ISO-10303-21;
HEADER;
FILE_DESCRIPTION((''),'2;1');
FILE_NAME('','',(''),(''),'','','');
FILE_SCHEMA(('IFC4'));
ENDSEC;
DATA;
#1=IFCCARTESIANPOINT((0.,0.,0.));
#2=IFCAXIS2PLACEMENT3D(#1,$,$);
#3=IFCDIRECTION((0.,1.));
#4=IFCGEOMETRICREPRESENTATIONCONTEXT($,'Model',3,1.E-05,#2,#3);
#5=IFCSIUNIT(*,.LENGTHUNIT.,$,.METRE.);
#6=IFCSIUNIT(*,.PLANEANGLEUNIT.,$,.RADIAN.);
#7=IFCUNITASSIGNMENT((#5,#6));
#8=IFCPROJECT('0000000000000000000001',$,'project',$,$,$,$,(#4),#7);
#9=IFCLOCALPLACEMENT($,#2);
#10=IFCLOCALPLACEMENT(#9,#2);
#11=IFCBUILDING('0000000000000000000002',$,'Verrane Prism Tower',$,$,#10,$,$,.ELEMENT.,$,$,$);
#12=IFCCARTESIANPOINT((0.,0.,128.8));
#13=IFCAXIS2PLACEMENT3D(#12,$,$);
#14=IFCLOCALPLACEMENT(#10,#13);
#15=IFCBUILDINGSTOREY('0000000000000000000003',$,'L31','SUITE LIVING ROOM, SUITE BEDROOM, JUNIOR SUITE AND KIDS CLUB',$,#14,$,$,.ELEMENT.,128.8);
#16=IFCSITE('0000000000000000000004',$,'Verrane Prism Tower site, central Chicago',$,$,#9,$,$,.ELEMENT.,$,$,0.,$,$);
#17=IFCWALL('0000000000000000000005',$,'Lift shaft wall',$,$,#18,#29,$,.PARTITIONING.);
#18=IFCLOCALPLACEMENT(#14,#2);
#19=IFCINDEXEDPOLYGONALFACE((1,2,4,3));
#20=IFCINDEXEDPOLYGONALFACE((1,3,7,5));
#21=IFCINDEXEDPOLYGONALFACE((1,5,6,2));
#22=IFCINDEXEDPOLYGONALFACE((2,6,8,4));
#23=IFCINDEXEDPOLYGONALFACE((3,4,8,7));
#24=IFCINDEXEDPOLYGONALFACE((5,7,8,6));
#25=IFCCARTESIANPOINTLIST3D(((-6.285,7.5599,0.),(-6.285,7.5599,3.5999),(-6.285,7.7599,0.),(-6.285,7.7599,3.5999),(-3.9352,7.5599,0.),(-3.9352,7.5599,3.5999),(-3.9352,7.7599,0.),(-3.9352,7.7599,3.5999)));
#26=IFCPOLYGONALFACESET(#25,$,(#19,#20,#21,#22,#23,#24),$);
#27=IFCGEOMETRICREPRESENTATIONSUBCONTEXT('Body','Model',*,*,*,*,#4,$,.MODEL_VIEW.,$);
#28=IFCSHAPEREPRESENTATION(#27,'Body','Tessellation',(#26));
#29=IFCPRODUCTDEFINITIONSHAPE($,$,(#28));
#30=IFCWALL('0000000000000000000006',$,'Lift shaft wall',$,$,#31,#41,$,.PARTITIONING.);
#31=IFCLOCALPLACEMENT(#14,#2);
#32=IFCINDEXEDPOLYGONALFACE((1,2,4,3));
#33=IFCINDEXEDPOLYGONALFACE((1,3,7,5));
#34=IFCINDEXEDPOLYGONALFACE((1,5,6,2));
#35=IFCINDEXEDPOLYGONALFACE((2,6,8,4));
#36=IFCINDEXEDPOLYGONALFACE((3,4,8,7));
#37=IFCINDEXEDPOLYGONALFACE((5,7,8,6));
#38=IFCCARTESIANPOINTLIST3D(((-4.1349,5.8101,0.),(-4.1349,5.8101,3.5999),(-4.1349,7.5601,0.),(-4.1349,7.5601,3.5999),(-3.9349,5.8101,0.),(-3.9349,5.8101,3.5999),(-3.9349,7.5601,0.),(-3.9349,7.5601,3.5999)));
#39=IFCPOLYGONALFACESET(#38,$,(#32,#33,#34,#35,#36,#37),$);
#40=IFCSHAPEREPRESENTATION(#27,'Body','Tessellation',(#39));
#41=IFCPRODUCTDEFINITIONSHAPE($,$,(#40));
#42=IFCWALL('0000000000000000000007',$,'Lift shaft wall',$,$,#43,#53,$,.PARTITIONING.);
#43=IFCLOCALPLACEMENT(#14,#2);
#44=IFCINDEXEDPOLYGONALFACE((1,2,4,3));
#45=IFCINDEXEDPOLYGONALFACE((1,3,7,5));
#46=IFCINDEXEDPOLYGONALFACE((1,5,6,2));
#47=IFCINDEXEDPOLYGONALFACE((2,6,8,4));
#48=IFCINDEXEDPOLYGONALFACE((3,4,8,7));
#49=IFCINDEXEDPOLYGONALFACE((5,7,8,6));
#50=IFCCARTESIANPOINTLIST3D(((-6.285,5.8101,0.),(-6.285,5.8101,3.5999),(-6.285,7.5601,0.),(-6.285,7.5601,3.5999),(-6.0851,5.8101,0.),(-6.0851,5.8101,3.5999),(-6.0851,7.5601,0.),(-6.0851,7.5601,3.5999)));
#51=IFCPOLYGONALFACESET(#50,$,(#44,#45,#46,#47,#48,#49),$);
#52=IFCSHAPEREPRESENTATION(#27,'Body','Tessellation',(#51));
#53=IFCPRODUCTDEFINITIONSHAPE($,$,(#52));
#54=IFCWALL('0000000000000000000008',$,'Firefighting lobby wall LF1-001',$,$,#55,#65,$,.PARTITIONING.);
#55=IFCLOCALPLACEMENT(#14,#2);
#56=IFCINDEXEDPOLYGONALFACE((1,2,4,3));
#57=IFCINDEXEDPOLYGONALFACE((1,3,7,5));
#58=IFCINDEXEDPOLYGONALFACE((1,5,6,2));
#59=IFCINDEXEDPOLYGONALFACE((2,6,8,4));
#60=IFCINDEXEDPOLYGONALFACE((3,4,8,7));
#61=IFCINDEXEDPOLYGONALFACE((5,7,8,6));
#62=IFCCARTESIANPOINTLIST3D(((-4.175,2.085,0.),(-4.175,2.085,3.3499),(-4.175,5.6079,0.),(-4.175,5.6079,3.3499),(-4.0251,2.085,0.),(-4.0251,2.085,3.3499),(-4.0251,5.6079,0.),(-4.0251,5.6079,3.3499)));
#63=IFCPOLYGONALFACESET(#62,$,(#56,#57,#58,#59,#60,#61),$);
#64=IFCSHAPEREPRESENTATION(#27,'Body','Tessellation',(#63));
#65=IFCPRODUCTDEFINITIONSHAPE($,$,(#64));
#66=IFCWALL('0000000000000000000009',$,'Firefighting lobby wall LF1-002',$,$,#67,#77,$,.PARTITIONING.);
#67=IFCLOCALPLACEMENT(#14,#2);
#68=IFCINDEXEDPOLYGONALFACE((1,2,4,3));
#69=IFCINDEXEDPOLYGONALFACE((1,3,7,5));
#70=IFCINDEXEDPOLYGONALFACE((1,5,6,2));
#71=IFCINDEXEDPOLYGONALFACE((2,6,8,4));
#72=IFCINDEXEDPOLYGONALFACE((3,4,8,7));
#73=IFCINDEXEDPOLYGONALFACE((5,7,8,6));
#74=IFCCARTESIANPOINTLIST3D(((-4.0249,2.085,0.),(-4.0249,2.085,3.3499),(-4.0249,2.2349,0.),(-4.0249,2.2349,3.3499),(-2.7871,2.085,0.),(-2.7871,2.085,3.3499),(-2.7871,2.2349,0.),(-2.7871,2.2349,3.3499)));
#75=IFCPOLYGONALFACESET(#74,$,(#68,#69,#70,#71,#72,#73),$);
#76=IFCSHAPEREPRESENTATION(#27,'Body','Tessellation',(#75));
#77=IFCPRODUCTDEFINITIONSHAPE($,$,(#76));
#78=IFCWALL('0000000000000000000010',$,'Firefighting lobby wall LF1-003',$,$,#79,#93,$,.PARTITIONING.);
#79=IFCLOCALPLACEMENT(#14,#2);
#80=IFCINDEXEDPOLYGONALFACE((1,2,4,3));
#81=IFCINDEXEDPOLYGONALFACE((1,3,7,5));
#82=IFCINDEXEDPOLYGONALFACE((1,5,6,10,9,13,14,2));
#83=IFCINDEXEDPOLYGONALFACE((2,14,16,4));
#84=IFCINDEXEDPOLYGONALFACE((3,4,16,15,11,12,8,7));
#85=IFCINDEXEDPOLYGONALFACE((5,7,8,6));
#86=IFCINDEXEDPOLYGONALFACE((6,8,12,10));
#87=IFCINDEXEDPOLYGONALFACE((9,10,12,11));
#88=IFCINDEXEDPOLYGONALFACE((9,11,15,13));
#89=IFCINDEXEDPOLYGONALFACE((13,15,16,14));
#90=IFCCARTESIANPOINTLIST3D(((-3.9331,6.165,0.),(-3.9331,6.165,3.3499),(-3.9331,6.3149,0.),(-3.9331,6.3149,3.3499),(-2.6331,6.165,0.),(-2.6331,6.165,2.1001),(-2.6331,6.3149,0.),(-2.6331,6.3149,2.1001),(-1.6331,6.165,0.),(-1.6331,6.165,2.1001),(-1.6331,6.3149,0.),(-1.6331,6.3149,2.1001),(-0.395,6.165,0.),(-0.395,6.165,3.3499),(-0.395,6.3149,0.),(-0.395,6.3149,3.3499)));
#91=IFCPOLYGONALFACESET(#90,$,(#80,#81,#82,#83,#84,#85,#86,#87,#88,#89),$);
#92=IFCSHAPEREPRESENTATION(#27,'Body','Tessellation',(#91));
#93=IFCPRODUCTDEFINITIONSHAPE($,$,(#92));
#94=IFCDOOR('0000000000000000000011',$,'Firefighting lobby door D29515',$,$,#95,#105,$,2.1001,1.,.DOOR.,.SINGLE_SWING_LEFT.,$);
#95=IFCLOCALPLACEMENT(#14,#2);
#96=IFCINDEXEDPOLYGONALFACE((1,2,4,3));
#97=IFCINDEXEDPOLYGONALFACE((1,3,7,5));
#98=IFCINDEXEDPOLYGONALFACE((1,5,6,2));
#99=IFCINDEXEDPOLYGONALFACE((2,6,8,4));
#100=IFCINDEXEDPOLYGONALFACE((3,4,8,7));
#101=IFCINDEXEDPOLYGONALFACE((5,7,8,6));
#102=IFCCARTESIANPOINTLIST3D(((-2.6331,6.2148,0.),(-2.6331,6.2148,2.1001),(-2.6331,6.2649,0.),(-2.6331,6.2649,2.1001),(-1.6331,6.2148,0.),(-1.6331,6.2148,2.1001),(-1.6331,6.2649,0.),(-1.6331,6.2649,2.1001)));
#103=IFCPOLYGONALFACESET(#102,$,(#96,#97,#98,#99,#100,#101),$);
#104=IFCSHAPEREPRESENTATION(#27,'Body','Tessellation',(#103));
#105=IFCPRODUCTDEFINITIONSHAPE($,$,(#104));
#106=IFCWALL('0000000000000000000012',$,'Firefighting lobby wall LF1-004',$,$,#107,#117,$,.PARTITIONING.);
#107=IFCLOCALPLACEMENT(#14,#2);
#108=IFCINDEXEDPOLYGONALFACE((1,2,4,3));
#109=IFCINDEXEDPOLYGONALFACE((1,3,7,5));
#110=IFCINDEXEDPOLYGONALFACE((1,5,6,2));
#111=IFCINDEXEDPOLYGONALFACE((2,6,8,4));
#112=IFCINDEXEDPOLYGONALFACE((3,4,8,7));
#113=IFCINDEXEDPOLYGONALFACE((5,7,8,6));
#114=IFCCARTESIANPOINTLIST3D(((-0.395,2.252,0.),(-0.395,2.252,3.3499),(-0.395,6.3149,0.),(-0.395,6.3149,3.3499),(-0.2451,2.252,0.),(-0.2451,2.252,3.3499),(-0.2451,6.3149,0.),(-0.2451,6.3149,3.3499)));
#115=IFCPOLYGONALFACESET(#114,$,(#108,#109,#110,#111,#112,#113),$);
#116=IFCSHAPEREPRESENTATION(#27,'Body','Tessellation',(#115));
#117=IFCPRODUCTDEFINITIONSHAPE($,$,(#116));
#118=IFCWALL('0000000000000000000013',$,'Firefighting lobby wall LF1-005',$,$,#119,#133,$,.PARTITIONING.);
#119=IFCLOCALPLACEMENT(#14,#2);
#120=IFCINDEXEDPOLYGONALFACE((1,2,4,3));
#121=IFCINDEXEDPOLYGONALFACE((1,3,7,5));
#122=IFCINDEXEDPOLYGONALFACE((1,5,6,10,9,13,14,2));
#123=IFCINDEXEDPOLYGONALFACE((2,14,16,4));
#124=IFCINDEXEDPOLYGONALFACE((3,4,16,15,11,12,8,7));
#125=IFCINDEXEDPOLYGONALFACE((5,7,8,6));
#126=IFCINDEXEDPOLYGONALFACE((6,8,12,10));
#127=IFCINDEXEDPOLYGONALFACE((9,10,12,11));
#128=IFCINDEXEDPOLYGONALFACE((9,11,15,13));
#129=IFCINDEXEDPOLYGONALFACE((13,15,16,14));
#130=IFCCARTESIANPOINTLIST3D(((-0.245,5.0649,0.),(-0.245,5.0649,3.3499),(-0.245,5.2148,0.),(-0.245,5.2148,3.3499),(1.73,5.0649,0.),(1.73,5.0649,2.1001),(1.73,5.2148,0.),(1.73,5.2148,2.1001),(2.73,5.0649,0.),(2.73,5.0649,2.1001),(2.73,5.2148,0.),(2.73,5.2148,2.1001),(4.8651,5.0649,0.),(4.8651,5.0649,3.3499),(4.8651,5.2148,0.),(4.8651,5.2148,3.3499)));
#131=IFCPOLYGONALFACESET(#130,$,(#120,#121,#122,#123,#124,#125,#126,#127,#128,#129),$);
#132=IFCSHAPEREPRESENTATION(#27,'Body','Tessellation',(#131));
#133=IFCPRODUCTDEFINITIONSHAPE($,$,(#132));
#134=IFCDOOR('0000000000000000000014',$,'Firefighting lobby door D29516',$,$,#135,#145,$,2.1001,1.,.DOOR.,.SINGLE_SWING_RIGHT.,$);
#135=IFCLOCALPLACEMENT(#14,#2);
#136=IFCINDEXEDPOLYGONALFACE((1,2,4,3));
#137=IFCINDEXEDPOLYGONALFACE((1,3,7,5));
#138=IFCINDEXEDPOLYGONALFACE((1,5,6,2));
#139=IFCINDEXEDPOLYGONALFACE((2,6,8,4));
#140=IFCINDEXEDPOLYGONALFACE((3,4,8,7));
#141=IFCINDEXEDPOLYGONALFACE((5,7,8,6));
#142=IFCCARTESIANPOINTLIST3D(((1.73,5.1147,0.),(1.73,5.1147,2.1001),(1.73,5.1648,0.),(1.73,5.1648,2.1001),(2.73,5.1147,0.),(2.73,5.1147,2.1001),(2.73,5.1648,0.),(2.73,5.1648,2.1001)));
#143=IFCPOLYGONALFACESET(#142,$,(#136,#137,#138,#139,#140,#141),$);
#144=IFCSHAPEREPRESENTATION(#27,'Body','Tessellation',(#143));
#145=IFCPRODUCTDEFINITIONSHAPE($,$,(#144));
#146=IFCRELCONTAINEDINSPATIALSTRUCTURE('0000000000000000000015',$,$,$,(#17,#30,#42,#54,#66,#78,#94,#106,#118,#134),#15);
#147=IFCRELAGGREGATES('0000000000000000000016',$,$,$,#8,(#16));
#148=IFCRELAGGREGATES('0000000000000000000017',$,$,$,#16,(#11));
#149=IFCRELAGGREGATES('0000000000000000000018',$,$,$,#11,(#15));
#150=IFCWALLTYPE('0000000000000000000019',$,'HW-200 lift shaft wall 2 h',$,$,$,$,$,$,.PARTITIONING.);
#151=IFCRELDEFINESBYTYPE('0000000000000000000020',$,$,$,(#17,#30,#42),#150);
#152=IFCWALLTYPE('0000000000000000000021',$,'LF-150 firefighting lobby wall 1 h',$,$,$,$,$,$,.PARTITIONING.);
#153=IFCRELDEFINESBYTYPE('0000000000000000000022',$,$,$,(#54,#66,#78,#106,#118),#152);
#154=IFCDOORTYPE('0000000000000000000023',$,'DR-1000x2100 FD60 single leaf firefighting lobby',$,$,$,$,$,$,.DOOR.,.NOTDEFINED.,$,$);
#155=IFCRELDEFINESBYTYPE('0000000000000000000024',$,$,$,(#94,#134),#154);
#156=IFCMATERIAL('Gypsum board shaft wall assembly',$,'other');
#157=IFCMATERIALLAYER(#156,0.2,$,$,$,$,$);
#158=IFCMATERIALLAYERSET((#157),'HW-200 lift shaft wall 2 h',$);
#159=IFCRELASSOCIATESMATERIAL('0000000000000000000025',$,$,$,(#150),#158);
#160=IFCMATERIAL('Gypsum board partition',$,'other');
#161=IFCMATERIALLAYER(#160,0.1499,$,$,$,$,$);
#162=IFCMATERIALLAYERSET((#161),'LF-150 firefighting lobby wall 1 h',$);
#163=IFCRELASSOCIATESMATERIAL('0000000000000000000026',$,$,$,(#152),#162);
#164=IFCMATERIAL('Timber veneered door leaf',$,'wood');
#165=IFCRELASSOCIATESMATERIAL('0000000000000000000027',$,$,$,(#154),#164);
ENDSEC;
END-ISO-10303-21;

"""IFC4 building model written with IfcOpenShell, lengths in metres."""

from ifc_helpers import new_model, si_unit, direction, frame, frame_2d, origin, place, context, subcontext, project, spatial, rectangle, extrude, material, layer, layer_set, type_object, element, fill, save


model = new_model("IFC4")

# Units and contexts
model_context = context("Model", 3, precision=1e-05, world=origin(), true_north=direction((0.0, 1.0)))
body_context = subcontext(model_context, "Body", "Model", "MODEL_VIEW")
ifc_project = project(units=[si_unit("LENGTHUNIT", "METRE"), si_unit("PLANEANGLEUNIT", "RADIAN")], contexts=[model_context])

# Site, building, storey
site_placement = place(None, origin())
site = spatial("IfcSite", under=ifc_project, at=site_placement, Name="Verrane Prism Tower site, central Chicago", CompositionType="ELEMENT", RefElevation=0.0)
building_placement = place(site_placement, origin())
building = spatial("IfcBuilding", under=site, at=building_placement, Name="Verrane Prism Tower", CompositionType="ELEMENT")
storey_placement = place(building_placement, frame((0.0, 0.0, 128.8)))
storey = spatial("IfcBuildingStorey", under=building, at=storey_placement, Name="L31", Description="SUITE LIVING ROOM, SUITE BEDROOM, JUNIOR SUITE AND KIDS CLUB", CompositionType="ELEMENT", Elevation=128.8)

# Shared definitions
ifc_material_1 = material(Name="Gypsum board shaft wall assembly", Category="other")
ifc_layer_1 = layer(ifc_material_1, 0.2)
ifc_layer_set_1 = layer_set([ifc_layer_1], Name="HW-200 lift shaft wall 2 h")
wall_type_1 = type_object("IfcWallType", Name="HW-200 lift shaft wall 2 h", PredefinedType="PARTITIONING", material=ifc_layer_set_1)

# Walls
for number, where, z_axis, x_axis, name in (
    (1, (-6.2849, 7.6599, 0.0), (0.0, 0.0, 1.0), (1.0, 0.0, 0.0), "Lift shaft wall"),
):
    element("IfcWall", number, at=place(storey_placement, frame(where, z_axis=z_axis, x_axis=x_axis)), inside=storey, type_object=wall_type_1, Name=name, PredefinedType="PARTITIONING", context=body_context, shape_type="SweptSolid", body=[
        extrude(rectangle(XDim=2.3499, YDim=0.2, at=frame_2d((1.1748, 0.0))), origin(), (0.0, 0.0, 1.0), 3.5999),
    ])
for number, where, z_axis, x_axis, name in (
    (2, (-4.0349, 5.8101, 0.0), (0.0, 0.0, 1.0), (0.0, 1.0, 0.0), "Lift shaft wall"),
    (3, (-6.1851, 5.8101, 0.0), (0.0, 0.0, 1.0), (0.0, 1.0, 0.0), "Lift shaft wall"),
):
    element("IfcWall", number, at=place(storey_placement, frame(where, z_axis=z_axis, x_axis=x_axis)), inside=storey, type_object=wall_type_1, Name=name, PredefinedType="PARTITIONING", context=body_context, shape_type="SweptSolid", body=[
        extrude(rectangle(XDim=1.75, YDim=0.2, at=frame_2d((0.875, 0.0))), origin(), (0.0, 0.0, 1.0), 3.5999),
    ])
ifc_material_2 = material(Name="Gypsum board partition", Category="other")
ifc_layer_2 = layer(ifc_material_2, 0.1499)
ifc_layer_set_2 = layer_set([ifc_layer_2], Name="LF-150 firefighting lobby wall 1 h")
wall_type_2 = type_object("IfcWallType", Name="LF-150 firefighting lobby wall 1 h", PredefinedType="PARTITIONING", material=ifc_layer_set_2)
wall_1_placement = place(storey_placement, frame((-4.1001, 2.085, 0.0), z_axis=(0.0, 0.0, 1.0), x_axis=(0.0, 1.0, 0.0)))
element("IfcWall", 4, at=wall_1_placement, inside=storey, type_object=wall_type_2, Name="Firefighting lobby wall LF1-001", PredefinedType="PARTITIONING", context=body_context, shape_type="SweptSolid", body=[
    extrude(rectangle(XDim=3.5229, YDim=0.1499, at=frame_2d((1.7615, 0.0))), origin(), (0.0, 0.0, 1.0), 3.3499),
])
wall_2_placement = place(storey_placement, frame((-4.0249, 2.1599, 0.0), z_axis=(0.0, 0.0, 1.0), x_axis=(1.0, 0.0, 0.0)))
element("IfcWall", 5, at=wall_2_placement, inside=storey, type_object=wall_type_2, Name="Firefighting lobby wall LF1-002", PredefinedType="PARTITIONING", context=body_context, shape_type="SweptSolid", body=[
    extrude(rectangle(XDim=1.2378, YDim=0.1499, at=frame_2d((0.6189, 0.0))), origin(), (0.0, 0.0, 1.0), 3.3499),
])

# Wall, opening, door
wall_3_placement = place(storey_placement, frame((-3.9331, 6.24, 0.0), z_axis=(0.0, 0.0, 1.0), x_axis=(1.0, 0.0, 0.0)))
wall_3 = element("IfcWall", 6, at=wall_3_placement, inside=storey, type_object=wall_type_2, Name="Firefighting lobby wall LF1-003", PredefinedType="PARTITIONING", context=body_context, shape_type="SweptSolid", body=[
    extrude(rectangle(XDim=3.5381, YDim=0.1499, at=frame_2d((1.769, 0.0))), origin(), (0.0, 0.0, 1.0), 3.3499),
])
opening_1_placement = place(wall_3_placement, frame((1.3, 0.0, 0.0)))
opening_1 = element("IfcOpeningElement", 7, at=opening_1_placement, cuts=wall_3, PredefinedType="OPENING", context=body_context, shape_type="SweptSolid", body=[
    extrude(rectangle(XDim=1.0, YDim=2.1001, at=frame_2d((0.5, 1.05))), frame((0.0, 0.085, 0.0), z_axis=(0.0, -1.0, 0.0), x_axis=(1.0, 0.0, 0.0)), (0.0, 0.0, 1.0), 0.1699),
])
ifc_material_3 = material(Name="Timber veneered door leaf", Category="wood")
door_type_1 = type_object("IfcDoorType", Name="DR-1000x2100 FD60 single leaf firefighting lobby", OperationType="NOTDEFINED", PredefinedType="DOOR", material=ifc_material_3)
door_1_placement = place(opening_1_placement, origin())
door_1 = element("IfcDoor", 8, at=door_1_placement, inside=storey, type_object=door_type_1, Name="Firefighting lobby door D29515", OperationType="SINGLE_SWING_LEFT", OverallHeight=2.1001, OverallWidth=1.0, PredefinedType="DOOR", context=body_context, shape_type="SweptSolid", body=[
    extrude(rectangle(XDim=1.0, YDim=2.1001, at=frame_2d((0.5, 1.05))), frame((0.0, 0.0249, 0.0), z_axis=(0.0, -1.0, 0.0), x_axis=(1.0, 0.0, 0.0)), (0.0, 0.0, 1.0), 0.05),
])
fill(opening_1, door_1)

# Wall
wall_4_placement = place(storey_placement, frame((-0.3201, 2.252, 0.0), z_axis=(0.0, 0.0, 1.0), x_axis=(0.0, 1.0, 0.0)))
element("IfcWall", 9, at=wall_4_placement, inside=storey, type_object=wall_type_2, Name="Firefighting lobby wall LF1-004", PredefinedType="PARTITIONING", context=body_context, shape_type="SweptSolid", body=[
    extrude(rectangle(XDim=4.063, YDim=0.1499, at=frame_2d((2.0315, 0.0))), origin(), (0.0, 0.0, 1.0), 3.3499),
])

# Wall, opening, door
wall_5_placement = place(storey_placement, frame((-0.2451, 5.1399, 0.0), z_axis=(0.0, 0.0, 1.0), x_axis=(1.0, 0.0, 0.0)))
wall_5 = element("IfcWall", 10, at=wall_5_placement, inside=storey, type_object=wall_type_2, Name="Firefighting lobby wall LF1-005", PredefinedType="PARTITIONING", context=body_context, shape_type="SweptSolid", body=[
    extrude(rectangle(XDim=5.1101, YDim=0.1499, at=frame_2d((2.5552, 0.0))), origin(), (0.0, 0.0, 1.0), 3.3499),
])
opening_2_placement = place(wall_5_placement, frame((1.9751, 0.0, 0.0)))
opening_2 = element("IfcOpeningElement", 11, at=opening_2_placement, cuts=wall_5, PredefinedType="OPENING", context=body_context, shape_type="SweptSolid", body=[
    extrude(rectangle(XDim=1.0, YDim=2.1001, at=frame_2d((0.5, 1.05))), frame((0.0, 0.085, 0.0), z_axis=(0.0, -1.0, 0.0), x_axis=(1.0, 0.0, 0.0)), (0.0, 0.0, 1.0), 0.1699),
])
door_2_placement = place(opening_2_placement, origin())
door_2 = element("IfcDoor", 12, at=door_2_placement, inside=storey, type_object=door_type_1, Name="Firefighting lobby door D29516", OperationType="SINGLE_SWING_RIGHT", OverallHeight=2.1001, OverallWidth=1.0, PredefinedType="DOOR", context=body_context, shape_type="SweptSolid", body=[
    extrude(rectangle(XDim=1.0, YDim=2.1001, at=frame_2d((0.5, 1.05))), frame((0.0, 0.0249, 0.0), z_axis=(0.0, -1.0, 0.0), x_axis=(1.0, 0.0, 0.0)), (0.0, 0.0, 1.0), 0.05),
])
fill(opening_2, door_2)

save(model, "model.ifc")
